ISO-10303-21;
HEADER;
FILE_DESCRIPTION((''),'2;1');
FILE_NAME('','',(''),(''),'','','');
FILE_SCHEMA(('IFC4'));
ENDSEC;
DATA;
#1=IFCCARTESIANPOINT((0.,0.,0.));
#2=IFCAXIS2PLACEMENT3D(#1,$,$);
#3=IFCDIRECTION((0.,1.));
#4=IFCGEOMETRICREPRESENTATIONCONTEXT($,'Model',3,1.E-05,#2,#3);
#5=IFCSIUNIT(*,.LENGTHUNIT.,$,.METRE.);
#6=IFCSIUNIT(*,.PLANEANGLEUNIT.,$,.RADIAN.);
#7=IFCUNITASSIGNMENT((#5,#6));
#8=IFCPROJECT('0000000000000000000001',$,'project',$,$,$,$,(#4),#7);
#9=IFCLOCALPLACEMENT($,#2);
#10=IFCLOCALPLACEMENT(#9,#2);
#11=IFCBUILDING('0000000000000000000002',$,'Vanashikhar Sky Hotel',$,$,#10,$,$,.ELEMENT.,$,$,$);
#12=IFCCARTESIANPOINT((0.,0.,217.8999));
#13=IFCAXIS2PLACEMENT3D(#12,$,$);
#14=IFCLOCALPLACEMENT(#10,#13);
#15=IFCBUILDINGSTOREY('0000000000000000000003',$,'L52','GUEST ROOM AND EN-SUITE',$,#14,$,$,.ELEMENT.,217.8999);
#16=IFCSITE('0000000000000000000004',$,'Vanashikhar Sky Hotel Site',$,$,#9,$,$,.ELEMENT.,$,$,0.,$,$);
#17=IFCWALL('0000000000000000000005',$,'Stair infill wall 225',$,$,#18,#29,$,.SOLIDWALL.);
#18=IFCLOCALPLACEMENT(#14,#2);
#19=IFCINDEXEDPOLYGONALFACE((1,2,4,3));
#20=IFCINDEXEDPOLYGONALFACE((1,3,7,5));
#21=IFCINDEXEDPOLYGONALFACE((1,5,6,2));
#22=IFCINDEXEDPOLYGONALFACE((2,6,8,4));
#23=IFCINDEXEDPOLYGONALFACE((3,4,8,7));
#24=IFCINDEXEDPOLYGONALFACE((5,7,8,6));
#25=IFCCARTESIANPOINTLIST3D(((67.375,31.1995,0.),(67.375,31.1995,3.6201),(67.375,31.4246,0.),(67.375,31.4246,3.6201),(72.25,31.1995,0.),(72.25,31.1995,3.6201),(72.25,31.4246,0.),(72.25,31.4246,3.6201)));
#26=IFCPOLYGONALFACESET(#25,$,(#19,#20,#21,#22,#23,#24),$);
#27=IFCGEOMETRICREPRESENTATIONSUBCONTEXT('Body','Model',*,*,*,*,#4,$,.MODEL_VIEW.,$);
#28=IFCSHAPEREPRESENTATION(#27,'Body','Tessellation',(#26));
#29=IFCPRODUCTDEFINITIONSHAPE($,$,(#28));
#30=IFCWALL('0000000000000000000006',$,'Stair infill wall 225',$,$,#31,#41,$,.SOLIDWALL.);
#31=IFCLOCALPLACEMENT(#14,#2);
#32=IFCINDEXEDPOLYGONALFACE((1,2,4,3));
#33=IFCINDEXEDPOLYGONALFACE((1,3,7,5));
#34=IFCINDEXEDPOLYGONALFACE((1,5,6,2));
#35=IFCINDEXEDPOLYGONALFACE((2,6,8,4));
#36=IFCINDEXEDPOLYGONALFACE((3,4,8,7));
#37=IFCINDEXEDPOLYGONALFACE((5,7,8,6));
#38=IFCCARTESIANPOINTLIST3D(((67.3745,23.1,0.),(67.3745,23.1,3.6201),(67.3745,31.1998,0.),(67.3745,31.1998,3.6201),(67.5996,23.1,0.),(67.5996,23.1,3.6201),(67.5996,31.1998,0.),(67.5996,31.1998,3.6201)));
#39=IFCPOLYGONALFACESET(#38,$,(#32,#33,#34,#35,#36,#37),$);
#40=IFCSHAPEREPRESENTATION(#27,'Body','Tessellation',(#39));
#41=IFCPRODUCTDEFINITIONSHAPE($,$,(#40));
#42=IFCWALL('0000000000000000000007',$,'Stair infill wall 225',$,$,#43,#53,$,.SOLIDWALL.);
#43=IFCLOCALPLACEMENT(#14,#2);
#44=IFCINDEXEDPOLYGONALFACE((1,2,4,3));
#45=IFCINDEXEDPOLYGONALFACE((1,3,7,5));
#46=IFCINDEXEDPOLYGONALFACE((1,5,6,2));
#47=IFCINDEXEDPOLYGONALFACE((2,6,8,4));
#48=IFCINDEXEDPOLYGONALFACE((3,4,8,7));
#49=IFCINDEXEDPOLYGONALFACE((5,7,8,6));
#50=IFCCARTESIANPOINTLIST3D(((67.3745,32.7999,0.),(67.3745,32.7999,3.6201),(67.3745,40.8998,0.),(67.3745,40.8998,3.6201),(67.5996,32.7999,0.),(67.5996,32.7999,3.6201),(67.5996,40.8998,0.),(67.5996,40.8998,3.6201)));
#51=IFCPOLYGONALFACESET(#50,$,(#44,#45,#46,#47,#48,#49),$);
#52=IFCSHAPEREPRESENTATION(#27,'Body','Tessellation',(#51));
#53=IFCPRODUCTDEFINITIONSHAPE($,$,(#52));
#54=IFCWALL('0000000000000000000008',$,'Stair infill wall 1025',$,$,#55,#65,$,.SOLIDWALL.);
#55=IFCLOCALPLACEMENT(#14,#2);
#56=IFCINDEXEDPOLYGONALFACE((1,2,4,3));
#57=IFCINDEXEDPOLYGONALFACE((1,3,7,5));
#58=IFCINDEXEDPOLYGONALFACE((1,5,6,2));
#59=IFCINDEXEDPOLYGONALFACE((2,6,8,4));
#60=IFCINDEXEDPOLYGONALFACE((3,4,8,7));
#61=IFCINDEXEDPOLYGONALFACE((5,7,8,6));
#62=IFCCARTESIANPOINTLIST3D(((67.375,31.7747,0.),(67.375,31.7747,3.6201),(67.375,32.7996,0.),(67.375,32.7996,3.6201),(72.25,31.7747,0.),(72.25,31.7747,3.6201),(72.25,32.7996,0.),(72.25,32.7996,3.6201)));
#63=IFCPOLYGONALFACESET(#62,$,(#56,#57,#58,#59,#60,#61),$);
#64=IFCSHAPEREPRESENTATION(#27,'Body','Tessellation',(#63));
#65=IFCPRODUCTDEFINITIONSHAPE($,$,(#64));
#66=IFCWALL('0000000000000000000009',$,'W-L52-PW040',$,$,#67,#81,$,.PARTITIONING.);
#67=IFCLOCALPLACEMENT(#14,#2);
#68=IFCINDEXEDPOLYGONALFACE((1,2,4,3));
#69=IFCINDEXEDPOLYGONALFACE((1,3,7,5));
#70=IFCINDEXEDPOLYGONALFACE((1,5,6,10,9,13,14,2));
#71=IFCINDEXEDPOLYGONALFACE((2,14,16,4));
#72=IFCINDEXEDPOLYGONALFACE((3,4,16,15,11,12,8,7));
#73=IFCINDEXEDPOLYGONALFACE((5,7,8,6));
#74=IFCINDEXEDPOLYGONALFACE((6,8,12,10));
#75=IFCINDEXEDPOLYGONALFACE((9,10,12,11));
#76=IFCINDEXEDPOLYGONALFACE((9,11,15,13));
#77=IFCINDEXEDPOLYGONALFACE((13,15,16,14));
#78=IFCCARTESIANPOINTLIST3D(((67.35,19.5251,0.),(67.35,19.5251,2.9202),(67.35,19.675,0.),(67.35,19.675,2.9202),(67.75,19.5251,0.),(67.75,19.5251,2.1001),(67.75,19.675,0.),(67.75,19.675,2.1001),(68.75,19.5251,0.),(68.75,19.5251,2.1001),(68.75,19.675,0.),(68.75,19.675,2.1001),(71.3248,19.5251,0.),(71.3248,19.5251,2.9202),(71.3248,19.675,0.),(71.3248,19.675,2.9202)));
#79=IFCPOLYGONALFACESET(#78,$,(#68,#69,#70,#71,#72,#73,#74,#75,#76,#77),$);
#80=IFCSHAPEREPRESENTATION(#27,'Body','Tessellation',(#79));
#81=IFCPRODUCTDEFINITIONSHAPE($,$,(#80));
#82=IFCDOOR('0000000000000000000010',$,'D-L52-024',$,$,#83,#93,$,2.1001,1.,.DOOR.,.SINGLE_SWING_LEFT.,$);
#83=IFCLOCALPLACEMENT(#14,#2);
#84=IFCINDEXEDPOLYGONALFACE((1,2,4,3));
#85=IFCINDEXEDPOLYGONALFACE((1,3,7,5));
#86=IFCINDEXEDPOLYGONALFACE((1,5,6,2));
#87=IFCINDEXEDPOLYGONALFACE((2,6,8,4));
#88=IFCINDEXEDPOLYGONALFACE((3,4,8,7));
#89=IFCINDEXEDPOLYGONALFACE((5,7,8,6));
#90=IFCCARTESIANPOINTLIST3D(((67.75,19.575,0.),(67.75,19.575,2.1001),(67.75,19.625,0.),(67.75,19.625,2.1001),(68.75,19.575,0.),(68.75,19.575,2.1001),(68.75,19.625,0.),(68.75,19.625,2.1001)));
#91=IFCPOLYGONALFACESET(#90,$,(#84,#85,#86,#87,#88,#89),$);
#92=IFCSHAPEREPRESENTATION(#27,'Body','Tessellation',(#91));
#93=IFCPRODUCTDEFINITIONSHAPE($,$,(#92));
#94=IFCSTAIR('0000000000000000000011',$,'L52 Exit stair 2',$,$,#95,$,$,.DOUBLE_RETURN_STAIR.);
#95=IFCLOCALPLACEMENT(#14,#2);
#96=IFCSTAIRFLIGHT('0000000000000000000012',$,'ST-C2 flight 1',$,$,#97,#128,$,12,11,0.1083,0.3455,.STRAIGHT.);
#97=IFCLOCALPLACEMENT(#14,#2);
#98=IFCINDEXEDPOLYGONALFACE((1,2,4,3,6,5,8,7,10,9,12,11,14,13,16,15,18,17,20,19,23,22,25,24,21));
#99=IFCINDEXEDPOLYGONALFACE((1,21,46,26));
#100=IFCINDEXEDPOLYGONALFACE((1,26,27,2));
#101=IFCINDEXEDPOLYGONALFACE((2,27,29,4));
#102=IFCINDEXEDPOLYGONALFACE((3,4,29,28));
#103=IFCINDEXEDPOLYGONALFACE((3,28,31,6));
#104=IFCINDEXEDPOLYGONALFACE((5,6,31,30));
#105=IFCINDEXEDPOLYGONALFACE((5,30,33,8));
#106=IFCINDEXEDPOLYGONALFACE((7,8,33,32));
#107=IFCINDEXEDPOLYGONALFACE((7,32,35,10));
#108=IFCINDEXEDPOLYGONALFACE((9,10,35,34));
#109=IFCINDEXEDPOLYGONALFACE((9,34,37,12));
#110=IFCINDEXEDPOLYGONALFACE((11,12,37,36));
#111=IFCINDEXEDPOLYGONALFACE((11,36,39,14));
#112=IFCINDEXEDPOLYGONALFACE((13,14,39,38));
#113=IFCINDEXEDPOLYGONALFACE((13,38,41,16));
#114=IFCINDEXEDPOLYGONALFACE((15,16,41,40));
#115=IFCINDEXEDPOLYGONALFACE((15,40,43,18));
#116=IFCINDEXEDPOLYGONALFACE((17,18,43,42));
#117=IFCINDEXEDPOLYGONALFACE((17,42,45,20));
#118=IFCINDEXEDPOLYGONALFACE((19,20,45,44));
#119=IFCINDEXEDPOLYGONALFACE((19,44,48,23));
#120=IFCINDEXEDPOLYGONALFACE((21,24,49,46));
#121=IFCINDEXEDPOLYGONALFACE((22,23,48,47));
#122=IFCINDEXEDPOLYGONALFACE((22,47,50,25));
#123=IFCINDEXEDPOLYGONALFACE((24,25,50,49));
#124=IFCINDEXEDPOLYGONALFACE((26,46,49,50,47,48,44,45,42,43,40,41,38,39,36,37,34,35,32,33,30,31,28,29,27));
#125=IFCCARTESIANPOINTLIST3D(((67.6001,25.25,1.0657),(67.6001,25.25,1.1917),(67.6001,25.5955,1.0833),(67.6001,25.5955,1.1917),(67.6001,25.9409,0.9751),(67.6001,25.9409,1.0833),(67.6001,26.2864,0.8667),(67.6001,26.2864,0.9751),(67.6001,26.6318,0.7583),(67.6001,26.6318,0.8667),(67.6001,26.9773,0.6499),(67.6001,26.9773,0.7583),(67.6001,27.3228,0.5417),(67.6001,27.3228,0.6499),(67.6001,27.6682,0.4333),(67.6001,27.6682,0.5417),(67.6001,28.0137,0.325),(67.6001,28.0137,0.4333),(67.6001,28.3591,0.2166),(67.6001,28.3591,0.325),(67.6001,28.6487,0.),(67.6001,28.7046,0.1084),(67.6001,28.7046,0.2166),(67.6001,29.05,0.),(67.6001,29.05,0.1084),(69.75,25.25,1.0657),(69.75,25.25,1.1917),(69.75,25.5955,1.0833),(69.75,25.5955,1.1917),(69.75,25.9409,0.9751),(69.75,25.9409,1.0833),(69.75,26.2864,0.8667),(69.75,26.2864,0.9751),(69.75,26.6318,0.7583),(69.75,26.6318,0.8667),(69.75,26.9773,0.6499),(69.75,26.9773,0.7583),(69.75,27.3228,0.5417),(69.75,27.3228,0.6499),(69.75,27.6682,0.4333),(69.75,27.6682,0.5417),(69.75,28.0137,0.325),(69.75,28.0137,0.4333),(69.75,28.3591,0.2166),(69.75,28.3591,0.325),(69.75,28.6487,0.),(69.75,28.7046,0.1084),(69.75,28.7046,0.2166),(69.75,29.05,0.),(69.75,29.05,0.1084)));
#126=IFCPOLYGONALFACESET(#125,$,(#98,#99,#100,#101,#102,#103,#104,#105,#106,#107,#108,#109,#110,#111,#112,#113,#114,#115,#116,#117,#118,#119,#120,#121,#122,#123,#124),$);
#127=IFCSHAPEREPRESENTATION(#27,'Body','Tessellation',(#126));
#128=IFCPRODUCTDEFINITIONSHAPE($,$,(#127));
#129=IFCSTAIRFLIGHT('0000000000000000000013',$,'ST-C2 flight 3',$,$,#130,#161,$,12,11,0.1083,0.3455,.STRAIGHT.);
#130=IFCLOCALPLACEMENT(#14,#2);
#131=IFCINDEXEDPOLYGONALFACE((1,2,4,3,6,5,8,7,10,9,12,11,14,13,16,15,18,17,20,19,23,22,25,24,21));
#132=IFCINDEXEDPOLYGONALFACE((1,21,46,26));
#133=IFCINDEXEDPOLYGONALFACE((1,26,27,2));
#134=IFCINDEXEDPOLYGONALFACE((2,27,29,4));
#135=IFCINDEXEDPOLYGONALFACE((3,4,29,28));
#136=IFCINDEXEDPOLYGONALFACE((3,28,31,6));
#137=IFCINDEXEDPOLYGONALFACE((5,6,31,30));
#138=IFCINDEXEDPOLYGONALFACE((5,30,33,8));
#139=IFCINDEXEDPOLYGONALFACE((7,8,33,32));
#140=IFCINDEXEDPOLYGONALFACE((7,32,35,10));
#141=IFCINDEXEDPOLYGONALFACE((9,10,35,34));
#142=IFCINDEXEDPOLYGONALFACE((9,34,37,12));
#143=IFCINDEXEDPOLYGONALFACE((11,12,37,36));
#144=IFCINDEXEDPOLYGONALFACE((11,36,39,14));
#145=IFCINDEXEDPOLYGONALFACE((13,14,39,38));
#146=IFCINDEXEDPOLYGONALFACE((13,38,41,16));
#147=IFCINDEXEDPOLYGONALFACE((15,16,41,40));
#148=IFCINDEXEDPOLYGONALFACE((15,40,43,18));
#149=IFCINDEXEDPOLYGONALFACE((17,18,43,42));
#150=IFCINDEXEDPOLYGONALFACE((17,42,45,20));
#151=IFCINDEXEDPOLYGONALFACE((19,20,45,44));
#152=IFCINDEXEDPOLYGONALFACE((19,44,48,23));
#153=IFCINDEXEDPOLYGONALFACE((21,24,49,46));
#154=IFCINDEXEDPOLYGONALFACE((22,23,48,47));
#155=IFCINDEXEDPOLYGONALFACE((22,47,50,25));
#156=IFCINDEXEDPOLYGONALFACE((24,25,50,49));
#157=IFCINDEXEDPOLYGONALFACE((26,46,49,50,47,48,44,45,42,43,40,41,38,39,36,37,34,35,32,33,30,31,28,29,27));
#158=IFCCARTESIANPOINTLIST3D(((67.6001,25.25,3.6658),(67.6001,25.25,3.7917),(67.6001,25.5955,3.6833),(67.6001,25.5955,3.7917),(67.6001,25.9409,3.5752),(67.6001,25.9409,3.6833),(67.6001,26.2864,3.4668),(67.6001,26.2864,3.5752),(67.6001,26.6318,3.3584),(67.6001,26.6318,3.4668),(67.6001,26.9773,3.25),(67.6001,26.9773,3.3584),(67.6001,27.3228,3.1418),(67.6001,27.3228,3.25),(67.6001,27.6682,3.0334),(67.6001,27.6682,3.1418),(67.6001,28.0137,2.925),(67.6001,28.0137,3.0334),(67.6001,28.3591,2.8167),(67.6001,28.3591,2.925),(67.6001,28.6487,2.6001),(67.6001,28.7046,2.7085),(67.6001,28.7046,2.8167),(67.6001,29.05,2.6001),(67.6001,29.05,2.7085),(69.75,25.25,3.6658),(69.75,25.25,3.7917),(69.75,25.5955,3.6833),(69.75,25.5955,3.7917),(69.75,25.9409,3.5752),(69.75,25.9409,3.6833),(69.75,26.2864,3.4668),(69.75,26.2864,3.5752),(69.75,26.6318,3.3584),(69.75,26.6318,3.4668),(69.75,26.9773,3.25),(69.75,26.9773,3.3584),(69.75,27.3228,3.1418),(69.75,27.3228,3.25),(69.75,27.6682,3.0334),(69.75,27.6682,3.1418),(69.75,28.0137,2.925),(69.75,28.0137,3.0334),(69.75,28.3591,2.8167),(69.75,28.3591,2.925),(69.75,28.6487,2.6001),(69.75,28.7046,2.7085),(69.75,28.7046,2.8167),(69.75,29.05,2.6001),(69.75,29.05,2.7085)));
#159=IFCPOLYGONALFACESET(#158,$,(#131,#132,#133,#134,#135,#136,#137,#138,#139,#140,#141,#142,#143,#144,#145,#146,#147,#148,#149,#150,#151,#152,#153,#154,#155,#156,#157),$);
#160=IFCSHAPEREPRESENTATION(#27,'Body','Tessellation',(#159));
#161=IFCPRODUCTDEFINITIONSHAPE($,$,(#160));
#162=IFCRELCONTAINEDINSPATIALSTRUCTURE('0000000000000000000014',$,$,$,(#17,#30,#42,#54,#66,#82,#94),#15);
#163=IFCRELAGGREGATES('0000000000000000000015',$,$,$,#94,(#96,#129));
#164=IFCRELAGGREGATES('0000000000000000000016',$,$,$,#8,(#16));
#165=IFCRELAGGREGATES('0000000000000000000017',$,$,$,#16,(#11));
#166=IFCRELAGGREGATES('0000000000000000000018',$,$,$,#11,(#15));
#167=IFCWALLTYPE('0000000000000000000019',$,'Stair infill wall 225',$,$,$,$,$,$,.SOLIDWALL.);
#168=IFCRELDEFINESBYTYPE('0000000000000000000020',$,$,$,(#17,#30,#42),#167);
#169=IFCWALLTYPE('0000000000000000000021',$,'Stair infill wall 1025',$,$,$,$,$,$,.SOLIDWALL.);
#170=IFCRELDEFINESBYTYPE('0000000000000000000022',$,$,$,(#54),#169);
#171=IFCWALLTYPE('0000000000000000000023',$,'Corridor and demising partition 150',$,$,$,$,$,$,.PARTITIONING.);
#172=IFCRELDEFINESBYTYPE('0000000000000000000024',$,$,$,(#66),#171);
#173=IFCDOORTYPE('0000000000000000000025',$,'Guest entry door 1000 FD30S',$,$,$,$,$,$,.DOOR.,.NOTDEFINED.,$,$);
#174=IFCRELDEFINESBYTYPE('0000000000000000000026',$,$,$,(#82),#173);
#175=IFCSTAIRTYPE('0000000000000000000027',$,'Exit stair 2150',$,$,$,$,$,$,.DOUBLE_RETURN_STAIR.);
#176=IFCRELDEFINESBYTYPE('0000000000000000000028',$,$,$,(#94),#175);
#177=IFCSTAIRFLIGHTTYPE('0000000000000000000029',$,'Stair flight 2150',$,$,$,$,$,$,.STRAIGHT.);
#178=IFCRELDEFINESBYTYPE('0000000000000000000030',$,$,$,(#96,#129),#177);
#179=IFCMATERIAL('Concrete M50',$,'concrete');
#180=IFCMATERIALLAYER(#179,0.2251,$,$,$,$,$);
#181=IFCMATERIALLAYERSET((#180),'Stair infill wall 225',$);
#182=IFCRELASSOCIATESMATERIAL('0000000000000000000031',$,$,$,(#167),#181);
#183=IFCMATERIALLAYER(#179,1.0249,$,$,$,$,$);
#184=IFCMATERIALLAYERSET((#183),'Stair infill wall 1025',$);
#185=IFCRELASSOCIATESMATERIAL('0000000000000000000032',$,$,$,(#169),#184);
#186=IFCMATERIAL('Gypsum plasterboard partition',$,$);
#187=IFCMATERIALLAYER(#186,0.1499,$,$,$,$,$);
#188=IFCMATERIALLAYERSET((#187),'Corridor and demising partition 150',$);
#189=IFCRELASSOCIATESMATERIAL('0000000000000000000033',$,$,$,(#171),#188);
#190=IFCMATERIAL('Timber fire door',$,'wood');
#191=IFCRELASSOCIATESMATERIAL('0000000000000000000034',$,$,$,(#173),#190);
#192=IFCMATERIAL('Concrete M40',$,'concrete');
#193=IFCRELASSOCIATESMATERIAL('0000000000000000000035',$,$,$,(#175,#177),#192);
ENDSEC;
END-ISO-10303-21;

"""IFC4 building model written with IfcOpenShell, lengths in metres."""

from ifc_helpers import new_model, si_unit, direction, frame, frame_2d, origin, place, context, subcontext, project, spatial, polyline, rectangle, outline, extrude, source, transform, mapped, material, layer, layer_set, type_object, element, fill, aggregate, save


model = new_model("IFC4")

# Units and contexts
model_context = context("Model", 3, precision=1e-05, world=origin(), true_north=direction((0.0, 1.0)))
body_context = subcontext(model_context, "Body", "Model", "MODEL_VIEW")
ifc_project = project(units=[si_unit("LENGTHUNIT", "METRE"), si_unit("PLANEANGLEUNIT", "RADIAN")], contexts=[model_context])

# Site, building, storey
site_placement = place(None, origin())
site = spatial("IfcSite", under=ifc_project, at=site_placement, Name="Vanashikhar Sky Hotel Site", CompositionType="ELEMENT", RefElevation=0.0)
building_placement = place(site_placement, origin())
building = spatial("IfcBuilding", under=site, at=building_placement, Name="Vanashikhar Sky Hotel", CompositionType="ELEMENT")
storey_placement = place(building_placement, frame((0.0, 0.0, 217.8999)))
storey = spatial("IfcBuildingStorey", under=building, at=storey_placement, Name="L52", Description="GUEST ROOM AND EN-SUITE", CompositionType="ELEMENT", Elevation=217.8999)

# Walls
ifc_material_1 = material(Name="Concrete M50", Category="concrete")
ifc_layer_1 = layer(ifc_material_1, 0.2251)
ifc_layer_set_1 = layer_set([ifc_layer_1], Name="Stair infill wall 225")
wall_type_1 = type_object("IfcWallType", Name="Stair infill wall 225", PredefinedType="SOLIDWALL", material=ifc_layer_set_1)
shared_shape_1 = source(origin(), body_context, "Body", "SweptSolid", [
    extrude(rectangle(XDim=4.875, YDim=0.2251, at=frame_2d((2.4375, 0.0))), origin(), (0.0, 0.0, 1.0), 3.6201),
])
wall_1_placement = place(storey_placement, frame((67.375, 31.312, 0.0), z_axis=(0.0, 0.0, 1.0), x_axis=(1.0, 0.0, 0.0)))
element("IfcWall", 1, at=wall_1_placement, inside=storey, type_object=wall_type_1, Name="Stair infill wall 225", PredefinedType="SOLIDWALL", context=body_context, shape_type="MappedRepresentation", body=[
    mapped(shared_shape_1, transform((0.0, 0.0, 0.0), scale=1.0)),
])
shared_shape_2 = source(origin(), body_context, "Body", "SweptSolid", [
    extrude(rectangle(XDim=8.0999, YDim=0.2251, at=frame_2d((4.0498, 0.0))), origin(), (0.0, 0.0, 1.0), 3.6201),
])
for number, where, z_axis, x_axis, name in (
    (2, (67.4871, 23.1001, 0.0), (0.0, 0.0, 1.0), (0.0, 1.0, 0.0), "Stair infill wall 225"),
    (3, (67.4871, 32.8, 0.0), (0.0, 0.0, 1.0), (0.0, 1.0, 0.0), "Stair infill wall 225"),
):
    element("IfcWall", number, at=place(storey_placement, frame(where, z_axis=z_axis, x_axis=x_axis)), inside=storey, type_object=wall_type_1, Name=name, PredefinedType="SOLIDWALL", context=body_context, shape_type="MappedRepresentation", body=[
        mapped(shared_shape_2, transform((0.0, 0.0, 0.0), scale=1.0)),
    ])
ifc_layer_2 = layer(ifc_material_1, 1.0249)
ifc_layer_set_2 = layer_set([ifc_layer_2], Name="Stair infill wall 1025")
wall_type_2 = type_object("IfcWallType", Name="Stair infill wall 1025", PredefinedType="SOLIDWALL", material=ifc_layer_set_2)
shared_shape_3 = source(origin(), body_context, "Body", "SweptSolid", [
    extrude(rectangle(XDim=4.875, YDim=1.0249, at=frame_2d((2.4375, 0.0))), origin(), (0.0, 0.0, 1.0), 3.6201),
])
wall_2_placement = place(storey_placement, frame((67.375, 32.2871, 0.0), z_axis=(0.0, 0.0, 1.0), x_axis=(1.0, 0.0, 0.0)))
element("IfcWall", 4, at=wall_2_placement, inside=storey, type_object=wall_type_2, Name="Stair infill wall 1025", PredefinedType="SOLIDWALL", context=body_context, shape_type="MappedRepresentation", body=[
    mapped(shared_shape_3, transform((0.0, 0.0, 0.0), scale=1.0)),
])

# Wall, opening, door
ifc_material_2 = material(Name="Gypsum plasterboard partition")
ifc_layer_3 = layer(ifc_material_2, 0.1499)
ifc_layer_set_3 = layer_set([ifc_layer_3], Name="Corridor and demising partition 150")
wall_type_3 = type_object("IfcWallType", Name="Corridor and demising partition 150", PredefinedType="PARTITIONING", material=ifc_layer_set_3)
shared_shape_4 = source(origin(), body_context, "Body", "SweptSolid", [
    extrude(rectangle(XDim=3.9749, YDim=0.1499, at=frame_2d((1.9873, 0.0))), origin(), (0.0, 0.0, 1.0), 2.9202),
])
wall_3_placement = place(storey_placement, frame((67.3501, 19.6001, 0.0), z_axis=(0.0, 0.0, 1.0), x_axis=(1.0, 0.0, 0.0)))
wall_3 = element("IfcWall", 5, at=wall_3_placement, inside=storey, type_object=wall_type_3, Name="W-L52-PW040", PredefinedType="PARTITIONING", context=body_context, shape_type="MappedRepresentation", body=[
    mapped(shared_shape_4, transform((0.0, 0.0, 0.0), scale=1.0)),
])
shared_shape_5 = source(origin(), body_context, "Body", "SweptSolid", [
    extrude(rectangle(XDim=1.0, YDim=2.1001, at=frame_2d((0.5, 1.05))), frame((0.0, 0.085, 0.0), z_axis=(0.0, -1.0, 0.0), x_axis=(1.0, 0.0, 0.0)), (0.0, 0.0, 1.0), 0.1699),
])
opening_1_placement = place(wall_3_placement, frame((0.3999, 0.0, 0.0)))
opening_1 = element("IfcOpeningElement", 6, at=opening_1_placement, cuts=wall_3, PredefinedType="OPENING", context=body_context, shape_type="MappedRepresentation", body=[
    mapped(shared_shape_5, transform((0.0, 0.0, 0.0), scale=1.0)),
])
ifc_material_3 = material(Name="Timber fire door", Category="wood")
door_type_1 = type_object("IfcDoorType", Name="Guest entry door 1000 FD30S", OperationType="NOTDEFINED", PredefinedType="DOOR", material=ifc_material_3)
shared_shape_6 = source(origin(), body_context, "Body", "SweptSolid", [
    extrude(rectangle(XDim=1.0, YDim=2.1001, at=frame_2d((0.5, 1.05))), frame((0.0, 0.0249, 0.0), z_axis=(0.0, -1.0, 0.0), x_axis=(1.0, 0.0, 0.0)), (0.0, 0.0, 1.0), 0.05),
])
door_1_placement = place(opening_1_placement, origin())
door_1 = element("IfcDoor", 7, at=door_1_placement, inside=storey, type_object=door_type_1, Name="D-L52-024", OperationType="SINGLE_SWING_LEFT", OverallHeight=2.1001, OverallWidth=1.0, PredefinedType="DOOR", context=body_context, shape_type="MappedRepresentation", body=[
    mapped(shared_shape_6, transform((0.0, 0.0, 0.0), scale=1.0)),
])
fill(opening_1, door_1)

# Stair, stair flights
ifc_material_4 = material(Name="Concrete M40", Category="concrete")
stair_type = type_object("IfcStairType", Name="Exit stair 2150", PredefinedType="DOUBLE_RETURN_STAIR", material=ifc_material_4)
stair_1_placement = place(storey_placement, origin())
stair_1 = element("IfcStair", 8, at=stair_1_placement, inside=storey, type_object=stair_type, Name="L52 Exit stair 2", PredefinedType="DOUBLE_RETURN_STAIR")
stair_flight_type = type_object("IfcStairFlightType", Name="Stair flight 2150", PredefinedType="STRAIGHT", material=ifc_material_4)
shared_shape_7 = source(origin(), body_context, "Body", "SweptSolid", [
    extrude(outline(polyline([(0.0, 0.0), (0.0, 0.1084), (0.3455, 0.1084), (0.3455, 0.2166), (0.6909, 0.2166), (0.6909, 0.325), (1.0364, 0.325), (1.0364, 0.4333), (1.3818, 0.4333), (1.3818, 0.5417), (1.7273, 0.5417), (1.7273, 0.6499), (2.0728, 0.6499), (2.0728, 0.7583), (2.4182, 0.7583), (2.4182, 0.8667), (2.7637, 0.8667), (2.7637, 0.9751), (3.1091, 0.9751), (3.1091, 1.0833), (3.4546, 1.0833), (3.4546, 1.1917), (3.8, 1.1917), (3.8, 1.3), (3.8, 1.0657), (0.4014, 0.0), (0.0, 0.0)])), frame((0.0, 1.075, 0.0), z_axis=(0.0, -1.0, 0.0), x_axis=(1.0, 0.0, 0.0)), (0.0, 0.0, 1.0), 2.1499),
])
stair_flight_1_placement = place(storey_placement, frame((68.675, 29.05, 0.0), z_axis=(0.0, 0.0, 1.0), x_axis=(0.0, -1.0, 0.0)))
stair_flight_1 = element("IfcStairFlight", 9, at=stair_flight_1_placement, type_object=stair_flight_type, Name="ST-C2 flight 1", NumberOfRisers=12, NumberOfTreads=11, PredefinedType="STRAIGHT", RiserHeight=0.1083, TreadLength=0.3455, context=body_context, shape_type="MappedRepresentation", body=[
    mapped(shared_shape_7, transform((0.0, 0.0, 0.0), scale=1.0)),
])
stair_flight_2_placement = place(storey_placement, frame((68.675, 29.05, 2.6001), z_axis=(0.0, 0.0, 1.0), x_axis=(0.0, -1.0, 0.0)))
stair_flight_2 = element("IfcStairFlight", 10, at=stair_flight_2_placement, type_object=stair_flight_type, Name="ST-C2 flight 3", NumberOfRisers=12, NumberOfTreads=11, PredefinedType="STRAIGHT", RiserHeight=0.1083, TreadLength=0.3455, context=body_context, shape_type="MappedRepresentation", body=[
    mapped(shared_shape_7, transform((0.0, 0.0, 0.0), scale=1.0)),
])
aggregate(stair_1, [stair_flight_1, stair_flight_2])

save(model, "model.ifc")
